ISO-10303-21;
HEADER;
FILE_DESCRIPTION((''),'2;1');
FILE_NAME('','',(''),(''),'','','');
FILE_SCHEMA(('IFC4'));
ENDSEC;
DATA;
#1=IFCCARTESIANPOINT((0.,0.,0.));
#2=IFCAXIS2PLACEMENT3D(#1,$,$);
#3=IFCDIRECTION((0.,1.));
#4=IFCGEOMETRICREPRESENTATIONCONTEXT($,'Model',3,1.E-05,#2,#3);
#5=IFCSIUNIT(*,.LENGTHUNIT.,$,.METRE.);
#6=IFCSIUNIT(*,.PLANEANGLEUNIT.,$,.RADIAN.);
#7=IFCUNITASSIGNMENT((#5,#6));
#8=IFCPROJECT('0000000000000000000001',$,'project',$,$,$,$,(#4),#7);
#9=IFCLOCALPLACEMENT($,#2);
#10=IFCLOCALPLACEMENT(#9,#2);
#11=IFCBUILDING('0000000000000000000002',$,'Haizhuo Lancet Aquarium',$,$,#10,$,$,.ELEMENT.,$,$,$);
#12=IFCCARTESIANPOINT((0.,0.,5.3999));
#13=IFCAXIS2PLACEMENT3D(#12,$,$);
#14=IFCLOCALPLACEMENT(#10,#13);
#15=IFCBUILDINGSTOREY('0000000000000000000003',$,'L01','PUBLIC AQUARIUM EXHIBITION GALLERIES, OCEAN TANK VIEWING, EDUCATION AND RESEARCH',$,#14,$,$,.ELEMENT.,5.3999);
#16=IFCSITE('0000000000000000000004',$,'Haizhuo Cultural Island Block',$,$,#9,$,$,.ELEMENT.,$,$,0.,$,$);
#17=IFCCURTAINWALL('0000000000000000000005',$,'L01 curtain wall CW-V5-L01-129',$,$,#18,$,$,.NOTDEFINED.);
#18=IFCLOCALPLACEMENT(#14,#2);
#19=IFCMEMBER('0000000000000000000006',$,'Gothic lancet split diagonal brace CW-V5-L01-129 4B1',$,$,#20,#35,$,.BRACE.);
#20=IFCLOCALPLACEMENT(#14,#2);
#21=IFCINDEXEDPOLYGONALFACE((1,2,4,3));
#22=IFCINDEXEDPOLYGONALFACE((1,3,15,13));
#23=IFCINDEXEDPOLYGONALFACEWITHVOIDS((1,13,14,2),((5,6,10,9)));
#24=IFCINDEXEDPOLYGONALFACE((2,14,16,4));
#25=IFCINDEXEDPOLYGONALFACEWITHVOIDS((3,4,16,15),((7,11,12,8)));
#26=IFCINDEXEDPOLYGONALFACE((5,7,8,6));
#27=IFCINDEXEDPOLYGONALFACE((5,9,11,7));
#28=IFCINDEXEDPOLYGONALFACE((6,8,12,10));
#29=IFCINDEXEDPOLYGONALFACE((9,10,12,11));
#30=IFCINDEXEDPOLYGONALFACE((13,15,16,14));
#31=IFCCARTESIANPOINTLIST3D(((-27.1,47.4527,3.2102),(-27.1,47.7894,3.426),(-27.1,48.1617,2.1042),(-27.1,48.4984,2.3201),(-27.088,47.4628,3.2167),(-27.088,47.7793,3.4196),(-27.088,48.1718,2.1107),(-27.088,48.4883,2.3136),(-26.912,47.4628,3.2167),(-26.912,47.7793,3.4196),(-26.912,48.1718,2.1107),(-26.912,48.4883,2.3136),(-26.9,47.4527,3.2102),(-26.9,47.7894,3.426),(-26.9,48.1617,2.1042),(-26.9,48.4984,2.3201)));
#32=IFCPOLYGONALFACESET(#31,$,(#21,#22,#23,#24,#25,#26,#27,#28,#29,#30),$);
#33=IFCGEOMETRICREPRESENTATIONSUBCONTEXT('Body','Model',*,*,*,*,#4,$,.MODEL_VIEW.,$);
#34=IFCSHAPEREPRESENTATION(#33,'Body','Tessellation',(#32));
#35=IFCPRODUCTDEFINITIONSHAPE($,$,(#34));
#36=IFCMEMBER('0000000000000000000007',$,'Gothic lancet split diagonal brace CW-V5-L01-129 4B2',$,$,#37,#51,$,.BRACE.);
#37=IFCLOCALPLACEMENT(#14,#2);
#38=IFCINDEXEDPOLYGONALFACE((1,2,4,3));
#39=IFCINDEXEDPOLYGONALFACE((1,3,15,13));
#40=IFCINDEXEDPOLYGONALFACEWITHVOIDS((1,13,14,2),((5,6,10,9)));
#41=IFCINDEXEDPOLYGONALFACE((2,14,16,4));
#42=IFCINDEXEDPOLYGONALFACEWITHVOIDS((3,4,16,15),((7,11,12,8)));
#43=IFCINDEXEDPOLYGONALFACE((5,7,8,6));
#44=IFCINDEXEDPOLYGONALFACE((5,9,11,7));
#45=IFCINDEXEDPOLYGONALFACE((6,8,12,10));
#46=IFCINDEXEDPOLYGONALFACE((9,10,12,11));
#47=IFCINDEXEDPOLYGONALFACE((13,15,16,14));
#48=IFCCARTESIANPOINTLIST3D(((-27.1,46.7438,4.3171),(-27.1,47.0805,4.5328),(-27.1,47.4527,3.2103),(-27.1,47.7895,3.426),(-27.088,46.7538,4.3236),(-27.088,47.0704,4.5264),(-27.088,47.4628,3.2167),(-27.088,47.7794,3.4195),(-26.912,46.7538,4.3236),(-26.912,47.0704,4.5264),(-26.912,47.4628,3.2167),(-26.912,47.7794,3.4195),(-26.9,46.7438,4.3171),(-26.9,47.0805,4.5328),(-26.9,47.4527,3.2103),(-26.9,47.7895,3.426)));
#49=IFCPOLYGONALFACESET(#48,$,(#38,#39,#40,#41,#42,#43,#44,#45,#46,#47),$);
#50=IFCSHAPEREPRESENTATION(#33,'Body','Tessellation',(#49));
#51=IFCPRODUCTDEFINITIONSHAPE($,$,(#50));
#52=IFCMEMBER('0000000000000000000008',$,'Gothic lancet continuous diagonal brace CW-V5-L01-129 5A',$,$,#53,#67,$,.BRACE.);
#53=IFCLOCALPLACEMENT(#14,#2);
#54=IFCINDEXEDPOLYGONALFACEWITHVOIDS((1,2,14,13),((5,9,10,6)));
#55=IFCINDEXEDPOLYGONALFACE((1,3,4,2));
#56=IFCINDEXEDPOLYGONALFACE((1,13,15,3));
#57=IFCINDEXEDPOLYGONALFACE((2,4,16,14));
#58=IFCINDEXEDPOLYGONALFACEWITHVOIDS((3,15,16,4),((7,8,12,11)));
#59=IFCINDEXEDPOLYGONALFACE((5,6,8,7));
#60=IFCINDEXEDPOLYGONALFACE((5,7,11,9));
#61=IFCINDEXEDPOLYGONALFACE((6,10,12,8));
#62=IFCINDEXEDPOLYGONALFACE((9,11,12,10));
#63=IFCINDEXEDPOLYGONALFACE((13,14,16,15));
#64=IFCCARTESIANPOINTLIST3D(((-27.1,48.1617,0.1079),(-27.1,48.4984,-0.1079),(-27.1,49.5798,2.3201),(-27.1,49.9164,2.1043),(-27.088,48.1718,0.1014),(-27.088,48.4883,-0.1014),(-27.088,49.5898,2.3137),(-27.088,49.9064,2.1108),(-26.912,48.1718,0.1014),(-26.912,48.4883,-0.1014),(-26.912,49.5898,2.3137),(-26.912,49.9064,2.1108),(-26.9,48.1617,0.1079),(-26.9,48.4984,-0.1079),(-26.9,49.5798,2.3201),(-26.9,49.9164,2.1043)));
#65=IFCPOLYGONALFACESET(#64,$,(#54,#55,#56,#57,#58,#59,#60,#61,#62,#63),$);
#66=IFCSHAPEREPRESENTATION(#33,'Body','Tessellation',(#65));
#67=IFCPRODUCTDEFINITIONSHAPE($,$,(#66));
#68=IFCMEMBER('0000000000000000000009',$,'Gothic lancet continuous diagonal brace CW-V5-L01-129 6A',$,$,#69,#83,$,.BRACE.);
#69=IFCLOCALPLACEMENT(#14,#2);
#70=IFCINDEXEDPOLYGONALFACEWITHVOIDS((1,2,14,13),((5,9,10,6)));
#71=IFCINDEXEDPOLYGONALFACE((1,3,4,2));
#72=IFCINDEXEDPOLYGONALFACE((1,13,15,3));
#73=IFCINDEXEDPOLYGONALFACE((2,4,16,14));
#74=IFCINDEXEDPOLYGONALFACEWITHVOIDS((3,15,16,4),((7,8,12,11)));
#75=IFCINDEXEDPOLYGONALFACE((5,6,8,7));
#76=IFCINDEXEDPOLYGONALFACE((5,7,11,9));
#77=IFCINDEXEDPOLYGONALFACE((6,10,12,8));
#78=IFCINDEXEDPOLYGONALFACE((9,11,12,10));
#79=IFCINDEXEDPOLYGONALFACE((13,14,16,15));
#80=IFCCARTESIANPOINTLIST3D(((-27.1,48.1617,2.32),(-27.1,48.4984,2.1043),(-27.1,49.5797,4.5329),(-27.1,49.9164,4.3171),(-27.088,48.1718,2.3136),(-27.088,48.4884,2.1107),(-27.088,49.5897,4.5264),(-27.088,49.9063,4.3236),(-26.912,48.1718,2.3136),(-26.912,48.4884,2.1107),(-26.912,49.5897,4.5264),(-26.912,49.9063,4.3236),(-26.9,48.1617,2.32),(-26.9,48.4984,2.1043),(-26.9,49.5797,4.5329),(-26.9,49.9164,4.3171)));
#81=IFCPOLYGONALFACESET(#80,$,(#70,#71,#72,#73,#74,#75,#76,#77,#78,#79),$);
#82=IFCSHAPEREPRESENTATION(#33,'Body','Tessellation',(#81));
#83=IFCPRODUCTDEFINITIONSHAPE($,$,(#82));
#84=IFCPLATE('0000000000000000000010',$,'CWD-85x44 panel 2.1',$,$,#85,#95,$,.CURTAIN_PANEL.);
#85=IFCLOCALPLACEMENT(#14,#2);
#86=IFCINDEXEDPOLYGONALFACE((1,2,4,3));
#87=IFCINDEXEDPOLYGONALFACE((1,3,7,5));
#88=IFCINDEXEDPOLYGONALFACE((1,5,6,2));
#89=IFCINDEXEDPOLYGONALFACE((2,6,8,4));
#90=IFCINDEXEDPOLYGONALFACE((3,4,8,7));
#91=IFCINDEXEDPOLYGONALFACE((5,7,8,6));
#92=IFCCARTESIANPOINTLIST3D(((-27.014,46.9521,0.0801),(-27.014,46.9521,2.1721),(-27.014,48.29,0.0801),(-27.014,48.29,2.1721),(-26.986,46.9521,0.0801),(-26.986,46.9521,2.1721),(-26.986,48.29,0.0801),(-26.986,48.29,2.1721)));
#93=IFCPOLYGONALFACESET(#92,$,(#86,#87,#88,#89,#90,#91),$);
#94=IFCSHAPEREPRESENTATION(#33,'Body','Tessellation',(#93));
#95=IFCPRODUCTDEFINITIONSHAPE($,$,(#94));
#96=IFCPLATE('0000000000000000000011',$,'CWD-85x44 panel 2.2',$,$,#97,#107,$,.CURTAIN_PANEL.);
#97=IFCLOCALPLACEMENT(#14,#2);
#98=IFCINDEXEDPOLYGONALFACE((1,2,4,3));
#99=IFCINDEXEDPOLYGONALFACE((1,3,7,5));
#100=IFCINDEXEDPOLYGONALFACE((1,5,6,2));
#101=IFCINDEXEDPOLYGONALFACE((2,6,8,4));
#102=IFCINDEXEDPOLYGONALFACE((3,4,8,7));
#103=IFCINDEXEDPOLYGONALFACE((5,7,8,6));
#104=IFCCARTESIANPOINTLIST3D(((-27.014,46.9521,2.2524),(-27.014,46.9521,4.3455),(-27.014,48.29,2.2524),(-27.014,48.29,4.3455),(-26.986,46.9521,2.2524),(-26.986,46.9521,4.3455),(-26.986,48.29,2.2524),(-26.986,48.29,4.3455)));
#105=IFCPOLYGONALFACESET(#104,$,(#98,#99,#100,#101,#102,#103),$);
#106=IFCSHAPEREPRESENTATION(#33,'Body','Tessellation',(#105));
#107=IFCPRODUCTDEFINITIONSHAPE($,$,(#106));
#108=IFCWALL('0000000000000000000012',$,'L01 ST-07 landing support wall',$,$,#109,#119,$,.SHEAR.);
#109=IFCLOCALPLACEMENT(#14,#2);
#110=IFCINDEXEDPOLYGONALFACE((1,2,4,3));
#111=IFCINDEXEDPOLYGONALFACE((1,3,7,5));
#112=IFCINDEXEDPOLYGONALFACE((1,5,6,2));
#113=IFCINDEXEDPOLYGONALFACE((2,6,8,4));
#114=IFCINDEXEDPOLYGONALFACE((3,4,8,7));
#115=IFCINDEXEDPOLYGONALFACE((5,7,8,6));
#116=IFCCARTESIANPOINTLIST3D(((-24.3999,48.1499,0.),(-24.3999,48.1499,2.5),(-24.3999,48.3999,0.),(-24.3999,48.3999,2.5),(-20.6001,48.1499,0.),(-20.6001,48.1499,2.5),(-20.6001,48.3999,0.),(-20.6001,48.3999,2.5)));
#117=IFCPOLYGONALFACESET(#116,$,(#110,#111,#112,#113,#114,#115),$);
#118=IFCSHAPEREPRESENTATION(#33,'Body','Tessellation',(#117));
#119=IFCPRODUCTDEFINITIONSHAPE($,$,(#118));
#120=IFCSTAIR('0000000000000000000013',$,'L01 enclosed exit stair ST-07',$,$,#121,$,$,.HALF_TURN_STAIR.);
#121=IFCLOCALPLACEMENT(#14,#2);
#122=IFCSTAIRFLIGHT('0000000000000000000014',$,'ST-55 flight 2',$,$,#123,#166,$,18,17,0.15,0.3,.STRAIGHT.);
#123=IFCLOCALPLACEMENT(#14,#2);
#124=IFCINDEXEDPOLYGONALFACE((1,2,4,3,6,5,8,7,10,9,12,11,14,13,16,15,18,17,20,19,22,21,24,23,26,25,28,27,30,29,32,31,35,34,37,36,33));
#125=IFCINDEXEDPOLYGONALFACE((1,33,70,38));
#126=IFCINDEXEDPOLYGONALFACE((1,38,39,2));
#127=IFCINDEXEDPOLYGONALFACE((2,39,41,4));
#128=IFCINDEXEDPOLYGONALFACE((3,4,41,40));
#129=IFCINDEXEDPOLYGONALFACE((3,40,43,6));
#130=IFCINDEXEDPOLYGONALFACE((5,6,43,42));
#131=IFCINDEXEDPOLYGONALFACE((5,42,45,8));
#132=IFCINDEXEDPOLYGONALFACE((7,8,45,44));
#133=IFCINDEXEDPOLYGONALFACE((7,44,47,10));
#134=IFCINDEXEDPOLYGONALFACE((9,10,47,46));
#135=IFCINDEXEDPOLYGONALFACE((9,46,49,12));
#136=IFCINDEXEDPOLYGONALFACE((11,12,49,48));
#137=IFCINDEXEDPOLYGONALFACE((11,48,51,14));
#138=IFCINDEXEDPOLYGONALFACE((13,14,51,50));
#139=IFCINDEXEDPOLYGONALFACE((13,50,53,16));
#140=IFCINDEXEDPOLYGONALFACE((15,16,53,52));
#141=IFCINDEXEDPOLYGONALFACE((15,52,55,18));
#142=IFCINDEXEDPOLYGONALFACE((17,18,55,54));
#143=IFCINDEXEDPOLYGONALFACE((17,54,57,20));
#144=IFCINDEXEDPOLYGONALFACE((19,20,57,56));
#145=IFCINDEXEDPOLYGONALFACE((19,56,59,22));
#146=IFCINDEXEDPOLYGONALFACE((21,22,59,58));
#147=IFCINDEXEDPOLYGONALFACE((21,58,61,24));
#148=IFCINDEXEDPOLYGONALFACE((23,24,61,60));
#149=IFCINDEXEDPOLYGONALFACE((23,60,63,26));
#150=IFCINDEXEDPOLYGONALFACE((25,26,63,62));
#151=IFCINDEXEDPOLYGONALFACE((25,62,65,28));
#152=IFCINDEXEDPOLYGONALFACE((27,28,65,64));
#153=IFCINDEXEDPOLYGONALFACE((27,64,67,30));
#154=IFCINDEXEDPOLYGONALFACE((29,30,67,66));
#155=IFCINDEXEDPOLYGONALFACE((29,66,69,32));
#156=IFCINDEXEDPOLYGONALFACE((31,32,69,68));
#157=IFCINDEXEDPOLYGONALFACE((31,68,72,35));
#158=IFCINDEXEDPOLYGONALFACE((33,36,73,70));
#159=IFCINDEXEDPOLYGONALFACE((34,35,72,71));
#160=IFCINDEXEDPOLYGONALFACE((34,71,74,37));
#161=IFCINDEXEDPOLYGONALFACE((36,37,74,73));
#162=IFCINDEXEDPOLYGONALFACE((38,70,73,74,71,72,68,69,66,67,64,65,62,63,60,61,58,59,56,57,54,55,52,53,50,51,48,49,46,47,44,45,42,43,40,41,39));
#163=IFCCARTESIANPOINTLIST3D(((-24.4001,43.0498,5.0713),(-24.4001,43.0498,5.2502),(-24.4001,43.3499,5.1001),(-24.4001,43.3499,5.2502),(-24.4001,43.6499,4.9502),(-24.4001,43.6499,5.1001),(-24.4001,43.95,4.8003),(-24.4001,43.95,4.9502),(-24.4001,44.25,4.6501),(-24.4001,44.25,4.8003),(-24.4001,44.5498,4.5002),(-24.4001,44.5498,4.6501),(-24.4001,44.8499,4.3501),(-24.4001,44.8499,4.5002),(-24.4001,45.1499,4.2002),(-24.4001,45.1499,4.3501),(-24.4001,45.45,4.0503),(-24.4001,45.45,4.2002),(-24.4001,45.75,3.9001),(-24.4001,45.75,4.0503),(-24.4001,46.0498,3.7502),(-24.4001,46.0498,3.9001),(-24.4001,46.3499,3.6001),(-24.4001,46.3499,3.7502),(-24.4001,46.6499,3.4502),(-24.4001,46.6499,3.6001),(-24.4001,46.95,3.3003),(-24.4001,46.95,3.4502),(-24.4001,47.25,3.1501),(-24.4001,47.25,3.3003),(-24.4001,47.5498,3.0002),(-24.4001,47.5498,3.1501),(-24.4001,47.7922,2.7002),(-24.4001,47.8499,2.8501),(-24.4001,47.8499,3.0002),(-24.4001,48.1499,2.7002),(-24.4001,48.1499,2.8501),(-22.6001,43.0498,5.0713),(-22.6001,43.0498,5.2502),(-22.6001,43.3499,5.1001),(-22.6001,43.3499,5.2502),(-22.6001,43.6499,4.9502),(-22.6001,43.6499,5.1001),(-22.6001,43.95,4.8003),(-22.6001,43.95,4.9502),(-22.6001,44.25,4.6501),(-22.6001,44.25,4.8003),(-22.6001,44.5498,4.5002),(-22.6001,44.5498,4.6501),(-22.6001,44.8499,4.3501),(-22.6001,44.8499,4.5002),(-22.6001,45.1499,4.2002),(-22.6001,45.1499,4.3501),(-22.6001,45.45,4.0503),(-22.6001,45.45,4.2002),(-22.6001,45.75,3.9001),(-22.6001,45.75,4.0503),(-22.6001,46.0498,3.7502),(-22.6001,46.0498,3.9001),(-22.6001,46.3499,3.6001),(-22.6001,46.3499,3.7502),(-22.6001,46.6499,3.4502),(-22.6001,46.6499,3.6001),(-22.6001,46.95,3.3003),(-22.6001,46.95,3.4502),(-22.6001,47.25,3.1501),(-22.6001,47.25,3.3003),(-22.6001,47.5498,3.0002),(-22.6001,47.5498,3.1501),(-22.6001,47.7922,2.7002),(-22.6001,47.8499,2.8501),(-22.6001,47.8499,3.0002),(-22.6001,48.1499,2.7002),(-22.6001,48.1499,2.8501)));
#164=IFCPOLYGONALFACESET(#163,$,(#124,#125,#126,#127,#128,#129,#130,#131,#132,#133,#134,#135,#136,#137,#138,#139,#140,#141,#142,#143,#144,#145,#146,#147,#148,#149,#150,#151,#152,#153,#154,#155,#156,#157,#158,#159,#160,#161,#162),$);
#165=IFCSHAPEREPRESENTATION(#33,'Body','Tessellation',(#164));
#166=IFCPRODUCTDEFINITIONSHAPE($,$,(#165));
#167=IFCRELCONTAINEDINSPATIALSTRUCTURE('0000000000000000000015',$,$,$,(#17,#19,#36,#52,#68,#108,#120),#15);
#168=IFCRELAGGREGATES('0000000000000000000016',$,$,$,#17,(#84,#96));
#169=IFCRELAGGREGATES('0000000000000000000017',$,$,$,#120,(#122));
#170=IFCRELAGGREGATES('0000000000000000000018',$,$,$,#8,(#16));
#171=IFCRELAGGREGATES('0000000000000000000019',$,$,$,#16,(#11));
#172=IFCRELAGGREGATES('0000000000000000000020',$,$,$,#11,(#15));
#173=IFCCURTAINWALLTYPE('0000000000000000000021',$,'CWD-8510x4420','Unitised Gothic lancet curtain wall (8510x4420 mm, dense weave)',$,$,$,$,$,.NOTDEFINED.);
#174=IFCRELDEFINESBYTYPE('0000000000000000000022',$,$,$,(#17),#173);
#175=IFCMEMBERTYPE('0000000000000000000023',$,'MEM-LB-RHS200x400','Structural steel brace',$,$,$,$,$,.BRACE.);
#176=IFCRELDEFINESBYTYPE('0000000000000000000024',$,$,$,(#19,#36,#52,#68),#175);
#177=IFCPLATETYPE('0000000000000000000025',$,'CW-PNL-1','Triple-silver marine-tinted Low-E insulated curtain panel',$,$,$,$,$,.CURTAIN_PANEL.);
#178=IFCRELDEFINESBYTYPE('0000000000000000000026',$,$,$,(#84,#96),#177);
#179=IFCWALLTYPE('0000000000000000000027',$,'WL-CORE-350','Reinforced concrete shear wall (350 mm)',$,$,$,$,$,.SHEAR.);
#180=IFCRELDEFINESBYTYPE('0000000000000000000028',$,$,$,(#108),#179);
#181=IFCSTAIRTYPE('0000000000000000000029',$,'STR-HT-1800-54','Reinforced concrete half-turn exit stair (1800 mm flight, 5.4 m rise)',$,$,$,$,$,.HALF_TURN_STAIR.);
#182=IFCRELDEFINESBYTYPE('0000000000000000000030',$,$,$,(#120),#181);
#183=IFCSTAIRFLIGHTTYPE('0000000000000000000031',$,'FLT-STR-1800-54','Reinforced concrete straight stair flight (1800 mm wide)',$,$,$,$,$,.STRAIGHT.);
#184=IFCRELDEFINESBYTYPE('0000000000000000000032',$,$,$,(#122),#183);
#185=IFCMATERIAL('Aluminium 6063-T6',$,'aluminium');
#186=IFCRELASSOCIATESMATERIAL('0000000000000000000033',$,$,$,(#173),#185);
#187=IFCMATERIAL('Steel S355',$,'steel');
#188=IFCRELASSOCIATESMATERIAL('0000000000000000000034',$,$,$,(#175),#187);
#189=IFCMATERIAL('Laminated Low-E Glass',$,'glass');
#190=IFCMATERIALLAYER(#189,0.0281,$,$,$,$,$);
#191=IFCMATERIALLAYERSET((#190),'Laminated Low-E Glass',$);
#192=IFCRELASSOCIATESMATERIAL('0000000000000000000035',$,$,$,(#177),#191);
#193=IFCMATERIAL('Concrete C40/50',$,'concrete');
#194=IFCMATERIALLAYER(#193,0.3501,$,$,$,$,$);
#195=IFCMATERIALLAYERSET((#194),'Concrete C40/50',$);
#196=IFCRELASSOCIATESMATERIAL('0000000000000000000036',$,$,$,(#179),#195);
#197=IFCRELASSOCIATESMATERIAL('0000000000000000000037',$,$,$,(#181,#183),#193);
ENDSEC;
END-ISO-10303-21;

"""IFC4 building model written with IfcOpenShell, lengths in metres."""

from ifc_helpers import new_model, si_unit, direction, frame, frame_2d, origin, origin_2d, place, context, subcontext, project, spatial, polyline, rectangle, hollow_rectangle, outline, extrude, material, layer, layer_set, material_profile, profile_set, type_object, element, aggregate, save


model = new_model("IFC4")

# Units and contexts
model_context = context("Model", 3, precision=1e-05, world=origin(), true_north=direction((0.0, 1.0)))
body_context = subcontext(model_context, "Body", "Model", "MODEL_VIEW")
ifc_project = project(units=[si_unit("LENGTHUNIT", "METRE"), si_unit("PLANEANGLEUNIT", "RADIAN")], contexts=[model_context])

# Site, building, storey
site_placement = place(None, origin())
site = spatial("IfcSite", under=ifc_project, at=site_placement, Name="Haizhuo Cultural Island Block", CompositionType="ELEMENT", RefElevation=0.0)
building_placement = place(site_placement, origin())
building = spatial("IfcBuilding", under=site, at=building_placement, Name="Haizhuo Lancet Aquarium", CompositionType="ELEMENT")
storey_placement = place(building_placement, frame((0.0, 0.0, 5.3999)))
storey = spatial("IfcBuildingStorey", under=building, at=storey_placement, Name="L01", Description="PUBLIC AQUARIUM EXHIBITION GALLERIES, OCEAN TANK VIEWING, EDUCATION AND RESEARCH", CompositionType="ELEMENT", Elevation=5.3999)

# Shared definitions
ifc_material_1 = material(Name="Concrete C40/50", Category="concrete")

# Curtain wall
ifc_material_2 = material(Name="Aluminium 6063-T6", Category="aluminium")
curtain_wall_type = type_object("IfcCurtainWallType", Name="CWD-8510x4420", Description="Unitised Gothic lancet curtain wall (8510x4420 mm, dense weave)", PredefinedType="NOTDEFINED", material=ifc_material_2)
curtain_wall_placement = place(storey_placement, origin())
curtain_wall = element("IfcCurtainWall", 1, at=curtain_wall_placement, inside=storey, type_object=curtain_wall_type, Name="L01 curtain wall CW-V5-L01-129", PredefinedType="NOTDEFINED")

# Members
ifc_material_3 = material(Name="Steel S355", Category="steel")
ifc_material_profile_1 = material_profile(ifc_material_3, hollow_rectangle(XDim=0.2, YDim=0.3999, WallThickness=0.012, at=origin_2d()), Name="RHS 200x400x12")
ifc_profile_set_1 = profile_set([ifc_material_profile_1], Name="Steel S355")
member_type_1 = type_object("IfcMemberType", Name="MEM-LB-RHS200x400", Description="Structural steel brace", PredefinedType="BRACE", material=ifc_profile_set_1)
for number, where, z_axis, x_axis, name in (
    (2, (-27.0, 48.3301, 2.2122), (0.0, -0.539686, 0.841866), (1.0, 0.0, 0.0), "Gothic lancet split diagonal brace CW-V5-L01-129 4B1"),
):
    element("IfcMember", number, at=place(storey_placement, frame(where, z_axis=z_axis, x_axis=x_axis)), inside=storey, type_object=member_type_1, Name=name, PredefinedType="BRACE", context=body_context, shape_type="SweptSolid", body=[
        extrude(hollow_rectangle(XDim=0.2, YDim=0.3999, WallThickness=0.012, at=origin_2d()), origin(), (0.0, 0.0, 1.0), 1.3137),
    ])
member_1_placement = place(storey_placement, frame((-27.0, 47.6211, 3.3181), z_axis=(0.0, -0.539349, 0.842082), x_axis=(1.0, 0.0, 0.0)))
element("IfcMember", 3, at=member_1_placement, inside=storey, type_object=member_type_1, Name="Gothic lancet split diagonal brace CW-V5-L01-129 4B2", PredefinedType="BRACE", context=body_context, shape_type="SweptSolid", body=[
    extrude(hollow_rectangle(XDim=0.2, YDim=0.3999, WallThickness=0.012, at=origin_2d()), origin(), (0.0, 0.0, 1.0), 1.3145),
])
member_2_placement = place(storey_placement, frame((-27.0, 48.3301, 0.0), z_axis=(0.0, 0.539644, 0.841893), x_axis=(-1.0, 0.0, 0.0)))
element("IfcMember", 4, at=member_2_placement, inside=storey, type_object=member_type_1, Name="Gothic lancet continuous diagonal brace CW-V5-L01-129 5A", PredefinedType="BRACE", context=body_context, shape_type="SweptSolid", body=[
    extrude(hollow_rectangle(XDim=0.2, YDim=0.3999, WallThickness=0.012, at=origin_2d()), origin(), (0.0, 0.0, 1.0), 2.6277),
])
member_3_placement = place(storey_placement, frame((-27.0, 48.3301, 2.2122), z_axis=(0.0, 0.539518, 0.841974), x_axis=(-1.0, 0.0, 0.0)))
element("IfcMember", 5, at=member_3_placement, inside=storey, type_object=member_type_1, Name="Gothic lancet continuous diagonal brace CW-V5-L01-129 6A", PredefinedType="BRACE", context=body_context, shape_type="SweptSolid", body=[
    extrude(hollow_rectangle(XDim=0.2, YDim=0.3999, WallThickness=0.012, at=origin_2d()), origin(), (0.0, 0.0, 1.0), 2.6282),
])

# Plates
ifc_material_4 = material(Name="Laminated Low-E Glass", Category="glass")
ifc_layer_1 = layer(ifc_material_4, 0.0281)
ifc_layer_set_1 = layer_set([ifc_layer_1], Name="Laminated Low-E Glass")
plate_type = type_object("IfcPlateType", Name="CW-PNL-1", Description="Triple-silver marine-tinted Low-E insulated curtain panel", PredefinedType="CURTAIN_PANEL", material=ifc_layer_set_1)
plate_1_placement = place(storey_placement, frame((-27.0, 47.6211, 0.0801), z_axis=(0.0, 0.0, 1.0), x_axis=(0.0, 1.0, 0.0)))
plate_1 = element("IfcPlate", 6, at=plate_1_placement, type_object=plate_type, Name="CWD-85x44 panel 2.1", PredefinedType="CURTAIN_PANEL", context=body_context, shape_type="SweptSolid", body=[
    extrude(rectangle(XDim=1.3379, YDim=0.0281, at=origin_2d()), origin(), (0.0, 0.0, 1.0), 2.092),
])
plate_2_placement = place(storey_placement, frame((-27.0, 47.6211, 2.2524), z_axis=(0.0, 0.0, 1.0), x_axis=(0.0, 1.0, 0.0)))
plate_2 = element("IfcPlate", 7, at=plate_2_placement, type_object=plate_type, Name="CWD-85x44 panel 2.2", PredefinedType="CURTAIN_PANEL", context=body_context, shape_type="SweptSolid", body=[
    extrude(rectangle(XDim=1.3379, YDim=0.0281, at=origin_2d()), origin(), (0.0, 0.0, 1.0), 2.093),
])
aggregate(curtain_wall, [plate_1, plate_2])

# Wall
ifc_layer_2 = layer(ifc_material_1, 0.3501)
ifc_layer_set_2 = layer_set([ifc_layer_2], Name="Concrete C40/50")
wall_type = type_object("IfcWallType", Name="WL-CORE-350", Description="Reinforced concrete shear wall (350 mm)", PredefinedType="SHEAR", material=ifc_layer_set_2)
wall_placement = place(storey_placement, frame((-24.3999, 48.2749, 0.0), z_axis=(0.0, 0.0, 1.0), x_axis=(1.0, 0.0, 0.0)))
element("IfcWall", 8, at=wall_placement, inside=storey, type_object=wall_type, Name="L01 ST-07 landing support wall", PredefinedType="SHEAR", context=body_context, shape_type="SweptSolid", body=[
    extrude(rectangle(XDim=3.7998, YDim=0.25, at=frame_2d((1.8999, 0.0))), origin(), (0.0, 0.0, 1.0), 2.5),
])

# Stair, stair flight
stair_type = type_object("IfcStairType", Name="STR-HT-1800-54", Description="Reinforced concrete half-turn exit stair (1800 mm flight, 5.4 m rise)", PredefinedType="HALF_TURN_STAIR", material=ifc_material_1)
stair_placement = place(storey_placement, origin())
stair = element("IfcStair", 9, at=stair_placement, inside=storey, type_object=stair_type, Name="L01 enclosed exit stair ST-07", PredefinedType="HALF_TURN_STAIR")
stair_flight_type = type_object("IfcStairFlightType", Name="FLT-STR-1800-54", Description="Reinforced concrete straight stair flight (1800 mm wide)", PredefinedType="STRAIGHT", material=ifc_material_1)
stair_flight_placement = place(storey_placement, frame((-23.5, 48.1499, 2.7002), z_axis=(0.0, 0.0, 1.0), x_axis=(0.0, -1.0, 0.0)))
stair_flight = element("IfcStairFlight", 10, at=stair_flight_placement, type_object=stair_flight_type, Name="ST-55 flight 2", NumberOfRisers=18, NumberOfTreads=17, PredefinedType="STRAIGHT", RiserHeight=0.15, TreadLength=0.3, context=body_context, shape_type="SweptSolid", body=[
    extrude(outline(polyline([(0.0, 0.0), (0.0, 0.1499), (0.3, 0.1499), (0.3, 0.3), (0.6001, 0.3), (0.6001, 0.45), (0.8999, 0.45), (0.8999, 0.6001), (1.2, 0.6001), (1.2, 0.75), (1.5, 0.75), (1.5, 0.8999), (1.8, 0.8999), (1.8, 1.05), (2.1001, 1.05), (2.1001, 1.2), (2.3999, 1.2), (2.3999, 1.3501), (2.7, 1.3501), (2.7, 1.5), (3.0, 1.5), (3.0, 1.6499), (3.3, 1.6499), (3.3, 1.8), (3.6001, 1.8), (3.6001, 1.95), (3.8999, 1.95), (3.8999, 2.1001), (4.2, 2.1001), (4.2, 2.25), (4.5, 2.25), (4.5, 2.3999), (4.8, 2.3999), (4.8, 2.55), (5.1001, 2.55), (5.1001, 2.7), (5.1001, 2.3711), (0.3577, 0.0), (0.0, 0.0)])), frame((0.0, 0.8999, 0.0), z_axis=(0.0, -1.0, 0.0), x_axis=(1.0, 0.0, 0.0)), (0.0, 0.0, 1.0), 1.8),
])
aggregate(stair, [stair_flight])

save(model, "model.ifc")
